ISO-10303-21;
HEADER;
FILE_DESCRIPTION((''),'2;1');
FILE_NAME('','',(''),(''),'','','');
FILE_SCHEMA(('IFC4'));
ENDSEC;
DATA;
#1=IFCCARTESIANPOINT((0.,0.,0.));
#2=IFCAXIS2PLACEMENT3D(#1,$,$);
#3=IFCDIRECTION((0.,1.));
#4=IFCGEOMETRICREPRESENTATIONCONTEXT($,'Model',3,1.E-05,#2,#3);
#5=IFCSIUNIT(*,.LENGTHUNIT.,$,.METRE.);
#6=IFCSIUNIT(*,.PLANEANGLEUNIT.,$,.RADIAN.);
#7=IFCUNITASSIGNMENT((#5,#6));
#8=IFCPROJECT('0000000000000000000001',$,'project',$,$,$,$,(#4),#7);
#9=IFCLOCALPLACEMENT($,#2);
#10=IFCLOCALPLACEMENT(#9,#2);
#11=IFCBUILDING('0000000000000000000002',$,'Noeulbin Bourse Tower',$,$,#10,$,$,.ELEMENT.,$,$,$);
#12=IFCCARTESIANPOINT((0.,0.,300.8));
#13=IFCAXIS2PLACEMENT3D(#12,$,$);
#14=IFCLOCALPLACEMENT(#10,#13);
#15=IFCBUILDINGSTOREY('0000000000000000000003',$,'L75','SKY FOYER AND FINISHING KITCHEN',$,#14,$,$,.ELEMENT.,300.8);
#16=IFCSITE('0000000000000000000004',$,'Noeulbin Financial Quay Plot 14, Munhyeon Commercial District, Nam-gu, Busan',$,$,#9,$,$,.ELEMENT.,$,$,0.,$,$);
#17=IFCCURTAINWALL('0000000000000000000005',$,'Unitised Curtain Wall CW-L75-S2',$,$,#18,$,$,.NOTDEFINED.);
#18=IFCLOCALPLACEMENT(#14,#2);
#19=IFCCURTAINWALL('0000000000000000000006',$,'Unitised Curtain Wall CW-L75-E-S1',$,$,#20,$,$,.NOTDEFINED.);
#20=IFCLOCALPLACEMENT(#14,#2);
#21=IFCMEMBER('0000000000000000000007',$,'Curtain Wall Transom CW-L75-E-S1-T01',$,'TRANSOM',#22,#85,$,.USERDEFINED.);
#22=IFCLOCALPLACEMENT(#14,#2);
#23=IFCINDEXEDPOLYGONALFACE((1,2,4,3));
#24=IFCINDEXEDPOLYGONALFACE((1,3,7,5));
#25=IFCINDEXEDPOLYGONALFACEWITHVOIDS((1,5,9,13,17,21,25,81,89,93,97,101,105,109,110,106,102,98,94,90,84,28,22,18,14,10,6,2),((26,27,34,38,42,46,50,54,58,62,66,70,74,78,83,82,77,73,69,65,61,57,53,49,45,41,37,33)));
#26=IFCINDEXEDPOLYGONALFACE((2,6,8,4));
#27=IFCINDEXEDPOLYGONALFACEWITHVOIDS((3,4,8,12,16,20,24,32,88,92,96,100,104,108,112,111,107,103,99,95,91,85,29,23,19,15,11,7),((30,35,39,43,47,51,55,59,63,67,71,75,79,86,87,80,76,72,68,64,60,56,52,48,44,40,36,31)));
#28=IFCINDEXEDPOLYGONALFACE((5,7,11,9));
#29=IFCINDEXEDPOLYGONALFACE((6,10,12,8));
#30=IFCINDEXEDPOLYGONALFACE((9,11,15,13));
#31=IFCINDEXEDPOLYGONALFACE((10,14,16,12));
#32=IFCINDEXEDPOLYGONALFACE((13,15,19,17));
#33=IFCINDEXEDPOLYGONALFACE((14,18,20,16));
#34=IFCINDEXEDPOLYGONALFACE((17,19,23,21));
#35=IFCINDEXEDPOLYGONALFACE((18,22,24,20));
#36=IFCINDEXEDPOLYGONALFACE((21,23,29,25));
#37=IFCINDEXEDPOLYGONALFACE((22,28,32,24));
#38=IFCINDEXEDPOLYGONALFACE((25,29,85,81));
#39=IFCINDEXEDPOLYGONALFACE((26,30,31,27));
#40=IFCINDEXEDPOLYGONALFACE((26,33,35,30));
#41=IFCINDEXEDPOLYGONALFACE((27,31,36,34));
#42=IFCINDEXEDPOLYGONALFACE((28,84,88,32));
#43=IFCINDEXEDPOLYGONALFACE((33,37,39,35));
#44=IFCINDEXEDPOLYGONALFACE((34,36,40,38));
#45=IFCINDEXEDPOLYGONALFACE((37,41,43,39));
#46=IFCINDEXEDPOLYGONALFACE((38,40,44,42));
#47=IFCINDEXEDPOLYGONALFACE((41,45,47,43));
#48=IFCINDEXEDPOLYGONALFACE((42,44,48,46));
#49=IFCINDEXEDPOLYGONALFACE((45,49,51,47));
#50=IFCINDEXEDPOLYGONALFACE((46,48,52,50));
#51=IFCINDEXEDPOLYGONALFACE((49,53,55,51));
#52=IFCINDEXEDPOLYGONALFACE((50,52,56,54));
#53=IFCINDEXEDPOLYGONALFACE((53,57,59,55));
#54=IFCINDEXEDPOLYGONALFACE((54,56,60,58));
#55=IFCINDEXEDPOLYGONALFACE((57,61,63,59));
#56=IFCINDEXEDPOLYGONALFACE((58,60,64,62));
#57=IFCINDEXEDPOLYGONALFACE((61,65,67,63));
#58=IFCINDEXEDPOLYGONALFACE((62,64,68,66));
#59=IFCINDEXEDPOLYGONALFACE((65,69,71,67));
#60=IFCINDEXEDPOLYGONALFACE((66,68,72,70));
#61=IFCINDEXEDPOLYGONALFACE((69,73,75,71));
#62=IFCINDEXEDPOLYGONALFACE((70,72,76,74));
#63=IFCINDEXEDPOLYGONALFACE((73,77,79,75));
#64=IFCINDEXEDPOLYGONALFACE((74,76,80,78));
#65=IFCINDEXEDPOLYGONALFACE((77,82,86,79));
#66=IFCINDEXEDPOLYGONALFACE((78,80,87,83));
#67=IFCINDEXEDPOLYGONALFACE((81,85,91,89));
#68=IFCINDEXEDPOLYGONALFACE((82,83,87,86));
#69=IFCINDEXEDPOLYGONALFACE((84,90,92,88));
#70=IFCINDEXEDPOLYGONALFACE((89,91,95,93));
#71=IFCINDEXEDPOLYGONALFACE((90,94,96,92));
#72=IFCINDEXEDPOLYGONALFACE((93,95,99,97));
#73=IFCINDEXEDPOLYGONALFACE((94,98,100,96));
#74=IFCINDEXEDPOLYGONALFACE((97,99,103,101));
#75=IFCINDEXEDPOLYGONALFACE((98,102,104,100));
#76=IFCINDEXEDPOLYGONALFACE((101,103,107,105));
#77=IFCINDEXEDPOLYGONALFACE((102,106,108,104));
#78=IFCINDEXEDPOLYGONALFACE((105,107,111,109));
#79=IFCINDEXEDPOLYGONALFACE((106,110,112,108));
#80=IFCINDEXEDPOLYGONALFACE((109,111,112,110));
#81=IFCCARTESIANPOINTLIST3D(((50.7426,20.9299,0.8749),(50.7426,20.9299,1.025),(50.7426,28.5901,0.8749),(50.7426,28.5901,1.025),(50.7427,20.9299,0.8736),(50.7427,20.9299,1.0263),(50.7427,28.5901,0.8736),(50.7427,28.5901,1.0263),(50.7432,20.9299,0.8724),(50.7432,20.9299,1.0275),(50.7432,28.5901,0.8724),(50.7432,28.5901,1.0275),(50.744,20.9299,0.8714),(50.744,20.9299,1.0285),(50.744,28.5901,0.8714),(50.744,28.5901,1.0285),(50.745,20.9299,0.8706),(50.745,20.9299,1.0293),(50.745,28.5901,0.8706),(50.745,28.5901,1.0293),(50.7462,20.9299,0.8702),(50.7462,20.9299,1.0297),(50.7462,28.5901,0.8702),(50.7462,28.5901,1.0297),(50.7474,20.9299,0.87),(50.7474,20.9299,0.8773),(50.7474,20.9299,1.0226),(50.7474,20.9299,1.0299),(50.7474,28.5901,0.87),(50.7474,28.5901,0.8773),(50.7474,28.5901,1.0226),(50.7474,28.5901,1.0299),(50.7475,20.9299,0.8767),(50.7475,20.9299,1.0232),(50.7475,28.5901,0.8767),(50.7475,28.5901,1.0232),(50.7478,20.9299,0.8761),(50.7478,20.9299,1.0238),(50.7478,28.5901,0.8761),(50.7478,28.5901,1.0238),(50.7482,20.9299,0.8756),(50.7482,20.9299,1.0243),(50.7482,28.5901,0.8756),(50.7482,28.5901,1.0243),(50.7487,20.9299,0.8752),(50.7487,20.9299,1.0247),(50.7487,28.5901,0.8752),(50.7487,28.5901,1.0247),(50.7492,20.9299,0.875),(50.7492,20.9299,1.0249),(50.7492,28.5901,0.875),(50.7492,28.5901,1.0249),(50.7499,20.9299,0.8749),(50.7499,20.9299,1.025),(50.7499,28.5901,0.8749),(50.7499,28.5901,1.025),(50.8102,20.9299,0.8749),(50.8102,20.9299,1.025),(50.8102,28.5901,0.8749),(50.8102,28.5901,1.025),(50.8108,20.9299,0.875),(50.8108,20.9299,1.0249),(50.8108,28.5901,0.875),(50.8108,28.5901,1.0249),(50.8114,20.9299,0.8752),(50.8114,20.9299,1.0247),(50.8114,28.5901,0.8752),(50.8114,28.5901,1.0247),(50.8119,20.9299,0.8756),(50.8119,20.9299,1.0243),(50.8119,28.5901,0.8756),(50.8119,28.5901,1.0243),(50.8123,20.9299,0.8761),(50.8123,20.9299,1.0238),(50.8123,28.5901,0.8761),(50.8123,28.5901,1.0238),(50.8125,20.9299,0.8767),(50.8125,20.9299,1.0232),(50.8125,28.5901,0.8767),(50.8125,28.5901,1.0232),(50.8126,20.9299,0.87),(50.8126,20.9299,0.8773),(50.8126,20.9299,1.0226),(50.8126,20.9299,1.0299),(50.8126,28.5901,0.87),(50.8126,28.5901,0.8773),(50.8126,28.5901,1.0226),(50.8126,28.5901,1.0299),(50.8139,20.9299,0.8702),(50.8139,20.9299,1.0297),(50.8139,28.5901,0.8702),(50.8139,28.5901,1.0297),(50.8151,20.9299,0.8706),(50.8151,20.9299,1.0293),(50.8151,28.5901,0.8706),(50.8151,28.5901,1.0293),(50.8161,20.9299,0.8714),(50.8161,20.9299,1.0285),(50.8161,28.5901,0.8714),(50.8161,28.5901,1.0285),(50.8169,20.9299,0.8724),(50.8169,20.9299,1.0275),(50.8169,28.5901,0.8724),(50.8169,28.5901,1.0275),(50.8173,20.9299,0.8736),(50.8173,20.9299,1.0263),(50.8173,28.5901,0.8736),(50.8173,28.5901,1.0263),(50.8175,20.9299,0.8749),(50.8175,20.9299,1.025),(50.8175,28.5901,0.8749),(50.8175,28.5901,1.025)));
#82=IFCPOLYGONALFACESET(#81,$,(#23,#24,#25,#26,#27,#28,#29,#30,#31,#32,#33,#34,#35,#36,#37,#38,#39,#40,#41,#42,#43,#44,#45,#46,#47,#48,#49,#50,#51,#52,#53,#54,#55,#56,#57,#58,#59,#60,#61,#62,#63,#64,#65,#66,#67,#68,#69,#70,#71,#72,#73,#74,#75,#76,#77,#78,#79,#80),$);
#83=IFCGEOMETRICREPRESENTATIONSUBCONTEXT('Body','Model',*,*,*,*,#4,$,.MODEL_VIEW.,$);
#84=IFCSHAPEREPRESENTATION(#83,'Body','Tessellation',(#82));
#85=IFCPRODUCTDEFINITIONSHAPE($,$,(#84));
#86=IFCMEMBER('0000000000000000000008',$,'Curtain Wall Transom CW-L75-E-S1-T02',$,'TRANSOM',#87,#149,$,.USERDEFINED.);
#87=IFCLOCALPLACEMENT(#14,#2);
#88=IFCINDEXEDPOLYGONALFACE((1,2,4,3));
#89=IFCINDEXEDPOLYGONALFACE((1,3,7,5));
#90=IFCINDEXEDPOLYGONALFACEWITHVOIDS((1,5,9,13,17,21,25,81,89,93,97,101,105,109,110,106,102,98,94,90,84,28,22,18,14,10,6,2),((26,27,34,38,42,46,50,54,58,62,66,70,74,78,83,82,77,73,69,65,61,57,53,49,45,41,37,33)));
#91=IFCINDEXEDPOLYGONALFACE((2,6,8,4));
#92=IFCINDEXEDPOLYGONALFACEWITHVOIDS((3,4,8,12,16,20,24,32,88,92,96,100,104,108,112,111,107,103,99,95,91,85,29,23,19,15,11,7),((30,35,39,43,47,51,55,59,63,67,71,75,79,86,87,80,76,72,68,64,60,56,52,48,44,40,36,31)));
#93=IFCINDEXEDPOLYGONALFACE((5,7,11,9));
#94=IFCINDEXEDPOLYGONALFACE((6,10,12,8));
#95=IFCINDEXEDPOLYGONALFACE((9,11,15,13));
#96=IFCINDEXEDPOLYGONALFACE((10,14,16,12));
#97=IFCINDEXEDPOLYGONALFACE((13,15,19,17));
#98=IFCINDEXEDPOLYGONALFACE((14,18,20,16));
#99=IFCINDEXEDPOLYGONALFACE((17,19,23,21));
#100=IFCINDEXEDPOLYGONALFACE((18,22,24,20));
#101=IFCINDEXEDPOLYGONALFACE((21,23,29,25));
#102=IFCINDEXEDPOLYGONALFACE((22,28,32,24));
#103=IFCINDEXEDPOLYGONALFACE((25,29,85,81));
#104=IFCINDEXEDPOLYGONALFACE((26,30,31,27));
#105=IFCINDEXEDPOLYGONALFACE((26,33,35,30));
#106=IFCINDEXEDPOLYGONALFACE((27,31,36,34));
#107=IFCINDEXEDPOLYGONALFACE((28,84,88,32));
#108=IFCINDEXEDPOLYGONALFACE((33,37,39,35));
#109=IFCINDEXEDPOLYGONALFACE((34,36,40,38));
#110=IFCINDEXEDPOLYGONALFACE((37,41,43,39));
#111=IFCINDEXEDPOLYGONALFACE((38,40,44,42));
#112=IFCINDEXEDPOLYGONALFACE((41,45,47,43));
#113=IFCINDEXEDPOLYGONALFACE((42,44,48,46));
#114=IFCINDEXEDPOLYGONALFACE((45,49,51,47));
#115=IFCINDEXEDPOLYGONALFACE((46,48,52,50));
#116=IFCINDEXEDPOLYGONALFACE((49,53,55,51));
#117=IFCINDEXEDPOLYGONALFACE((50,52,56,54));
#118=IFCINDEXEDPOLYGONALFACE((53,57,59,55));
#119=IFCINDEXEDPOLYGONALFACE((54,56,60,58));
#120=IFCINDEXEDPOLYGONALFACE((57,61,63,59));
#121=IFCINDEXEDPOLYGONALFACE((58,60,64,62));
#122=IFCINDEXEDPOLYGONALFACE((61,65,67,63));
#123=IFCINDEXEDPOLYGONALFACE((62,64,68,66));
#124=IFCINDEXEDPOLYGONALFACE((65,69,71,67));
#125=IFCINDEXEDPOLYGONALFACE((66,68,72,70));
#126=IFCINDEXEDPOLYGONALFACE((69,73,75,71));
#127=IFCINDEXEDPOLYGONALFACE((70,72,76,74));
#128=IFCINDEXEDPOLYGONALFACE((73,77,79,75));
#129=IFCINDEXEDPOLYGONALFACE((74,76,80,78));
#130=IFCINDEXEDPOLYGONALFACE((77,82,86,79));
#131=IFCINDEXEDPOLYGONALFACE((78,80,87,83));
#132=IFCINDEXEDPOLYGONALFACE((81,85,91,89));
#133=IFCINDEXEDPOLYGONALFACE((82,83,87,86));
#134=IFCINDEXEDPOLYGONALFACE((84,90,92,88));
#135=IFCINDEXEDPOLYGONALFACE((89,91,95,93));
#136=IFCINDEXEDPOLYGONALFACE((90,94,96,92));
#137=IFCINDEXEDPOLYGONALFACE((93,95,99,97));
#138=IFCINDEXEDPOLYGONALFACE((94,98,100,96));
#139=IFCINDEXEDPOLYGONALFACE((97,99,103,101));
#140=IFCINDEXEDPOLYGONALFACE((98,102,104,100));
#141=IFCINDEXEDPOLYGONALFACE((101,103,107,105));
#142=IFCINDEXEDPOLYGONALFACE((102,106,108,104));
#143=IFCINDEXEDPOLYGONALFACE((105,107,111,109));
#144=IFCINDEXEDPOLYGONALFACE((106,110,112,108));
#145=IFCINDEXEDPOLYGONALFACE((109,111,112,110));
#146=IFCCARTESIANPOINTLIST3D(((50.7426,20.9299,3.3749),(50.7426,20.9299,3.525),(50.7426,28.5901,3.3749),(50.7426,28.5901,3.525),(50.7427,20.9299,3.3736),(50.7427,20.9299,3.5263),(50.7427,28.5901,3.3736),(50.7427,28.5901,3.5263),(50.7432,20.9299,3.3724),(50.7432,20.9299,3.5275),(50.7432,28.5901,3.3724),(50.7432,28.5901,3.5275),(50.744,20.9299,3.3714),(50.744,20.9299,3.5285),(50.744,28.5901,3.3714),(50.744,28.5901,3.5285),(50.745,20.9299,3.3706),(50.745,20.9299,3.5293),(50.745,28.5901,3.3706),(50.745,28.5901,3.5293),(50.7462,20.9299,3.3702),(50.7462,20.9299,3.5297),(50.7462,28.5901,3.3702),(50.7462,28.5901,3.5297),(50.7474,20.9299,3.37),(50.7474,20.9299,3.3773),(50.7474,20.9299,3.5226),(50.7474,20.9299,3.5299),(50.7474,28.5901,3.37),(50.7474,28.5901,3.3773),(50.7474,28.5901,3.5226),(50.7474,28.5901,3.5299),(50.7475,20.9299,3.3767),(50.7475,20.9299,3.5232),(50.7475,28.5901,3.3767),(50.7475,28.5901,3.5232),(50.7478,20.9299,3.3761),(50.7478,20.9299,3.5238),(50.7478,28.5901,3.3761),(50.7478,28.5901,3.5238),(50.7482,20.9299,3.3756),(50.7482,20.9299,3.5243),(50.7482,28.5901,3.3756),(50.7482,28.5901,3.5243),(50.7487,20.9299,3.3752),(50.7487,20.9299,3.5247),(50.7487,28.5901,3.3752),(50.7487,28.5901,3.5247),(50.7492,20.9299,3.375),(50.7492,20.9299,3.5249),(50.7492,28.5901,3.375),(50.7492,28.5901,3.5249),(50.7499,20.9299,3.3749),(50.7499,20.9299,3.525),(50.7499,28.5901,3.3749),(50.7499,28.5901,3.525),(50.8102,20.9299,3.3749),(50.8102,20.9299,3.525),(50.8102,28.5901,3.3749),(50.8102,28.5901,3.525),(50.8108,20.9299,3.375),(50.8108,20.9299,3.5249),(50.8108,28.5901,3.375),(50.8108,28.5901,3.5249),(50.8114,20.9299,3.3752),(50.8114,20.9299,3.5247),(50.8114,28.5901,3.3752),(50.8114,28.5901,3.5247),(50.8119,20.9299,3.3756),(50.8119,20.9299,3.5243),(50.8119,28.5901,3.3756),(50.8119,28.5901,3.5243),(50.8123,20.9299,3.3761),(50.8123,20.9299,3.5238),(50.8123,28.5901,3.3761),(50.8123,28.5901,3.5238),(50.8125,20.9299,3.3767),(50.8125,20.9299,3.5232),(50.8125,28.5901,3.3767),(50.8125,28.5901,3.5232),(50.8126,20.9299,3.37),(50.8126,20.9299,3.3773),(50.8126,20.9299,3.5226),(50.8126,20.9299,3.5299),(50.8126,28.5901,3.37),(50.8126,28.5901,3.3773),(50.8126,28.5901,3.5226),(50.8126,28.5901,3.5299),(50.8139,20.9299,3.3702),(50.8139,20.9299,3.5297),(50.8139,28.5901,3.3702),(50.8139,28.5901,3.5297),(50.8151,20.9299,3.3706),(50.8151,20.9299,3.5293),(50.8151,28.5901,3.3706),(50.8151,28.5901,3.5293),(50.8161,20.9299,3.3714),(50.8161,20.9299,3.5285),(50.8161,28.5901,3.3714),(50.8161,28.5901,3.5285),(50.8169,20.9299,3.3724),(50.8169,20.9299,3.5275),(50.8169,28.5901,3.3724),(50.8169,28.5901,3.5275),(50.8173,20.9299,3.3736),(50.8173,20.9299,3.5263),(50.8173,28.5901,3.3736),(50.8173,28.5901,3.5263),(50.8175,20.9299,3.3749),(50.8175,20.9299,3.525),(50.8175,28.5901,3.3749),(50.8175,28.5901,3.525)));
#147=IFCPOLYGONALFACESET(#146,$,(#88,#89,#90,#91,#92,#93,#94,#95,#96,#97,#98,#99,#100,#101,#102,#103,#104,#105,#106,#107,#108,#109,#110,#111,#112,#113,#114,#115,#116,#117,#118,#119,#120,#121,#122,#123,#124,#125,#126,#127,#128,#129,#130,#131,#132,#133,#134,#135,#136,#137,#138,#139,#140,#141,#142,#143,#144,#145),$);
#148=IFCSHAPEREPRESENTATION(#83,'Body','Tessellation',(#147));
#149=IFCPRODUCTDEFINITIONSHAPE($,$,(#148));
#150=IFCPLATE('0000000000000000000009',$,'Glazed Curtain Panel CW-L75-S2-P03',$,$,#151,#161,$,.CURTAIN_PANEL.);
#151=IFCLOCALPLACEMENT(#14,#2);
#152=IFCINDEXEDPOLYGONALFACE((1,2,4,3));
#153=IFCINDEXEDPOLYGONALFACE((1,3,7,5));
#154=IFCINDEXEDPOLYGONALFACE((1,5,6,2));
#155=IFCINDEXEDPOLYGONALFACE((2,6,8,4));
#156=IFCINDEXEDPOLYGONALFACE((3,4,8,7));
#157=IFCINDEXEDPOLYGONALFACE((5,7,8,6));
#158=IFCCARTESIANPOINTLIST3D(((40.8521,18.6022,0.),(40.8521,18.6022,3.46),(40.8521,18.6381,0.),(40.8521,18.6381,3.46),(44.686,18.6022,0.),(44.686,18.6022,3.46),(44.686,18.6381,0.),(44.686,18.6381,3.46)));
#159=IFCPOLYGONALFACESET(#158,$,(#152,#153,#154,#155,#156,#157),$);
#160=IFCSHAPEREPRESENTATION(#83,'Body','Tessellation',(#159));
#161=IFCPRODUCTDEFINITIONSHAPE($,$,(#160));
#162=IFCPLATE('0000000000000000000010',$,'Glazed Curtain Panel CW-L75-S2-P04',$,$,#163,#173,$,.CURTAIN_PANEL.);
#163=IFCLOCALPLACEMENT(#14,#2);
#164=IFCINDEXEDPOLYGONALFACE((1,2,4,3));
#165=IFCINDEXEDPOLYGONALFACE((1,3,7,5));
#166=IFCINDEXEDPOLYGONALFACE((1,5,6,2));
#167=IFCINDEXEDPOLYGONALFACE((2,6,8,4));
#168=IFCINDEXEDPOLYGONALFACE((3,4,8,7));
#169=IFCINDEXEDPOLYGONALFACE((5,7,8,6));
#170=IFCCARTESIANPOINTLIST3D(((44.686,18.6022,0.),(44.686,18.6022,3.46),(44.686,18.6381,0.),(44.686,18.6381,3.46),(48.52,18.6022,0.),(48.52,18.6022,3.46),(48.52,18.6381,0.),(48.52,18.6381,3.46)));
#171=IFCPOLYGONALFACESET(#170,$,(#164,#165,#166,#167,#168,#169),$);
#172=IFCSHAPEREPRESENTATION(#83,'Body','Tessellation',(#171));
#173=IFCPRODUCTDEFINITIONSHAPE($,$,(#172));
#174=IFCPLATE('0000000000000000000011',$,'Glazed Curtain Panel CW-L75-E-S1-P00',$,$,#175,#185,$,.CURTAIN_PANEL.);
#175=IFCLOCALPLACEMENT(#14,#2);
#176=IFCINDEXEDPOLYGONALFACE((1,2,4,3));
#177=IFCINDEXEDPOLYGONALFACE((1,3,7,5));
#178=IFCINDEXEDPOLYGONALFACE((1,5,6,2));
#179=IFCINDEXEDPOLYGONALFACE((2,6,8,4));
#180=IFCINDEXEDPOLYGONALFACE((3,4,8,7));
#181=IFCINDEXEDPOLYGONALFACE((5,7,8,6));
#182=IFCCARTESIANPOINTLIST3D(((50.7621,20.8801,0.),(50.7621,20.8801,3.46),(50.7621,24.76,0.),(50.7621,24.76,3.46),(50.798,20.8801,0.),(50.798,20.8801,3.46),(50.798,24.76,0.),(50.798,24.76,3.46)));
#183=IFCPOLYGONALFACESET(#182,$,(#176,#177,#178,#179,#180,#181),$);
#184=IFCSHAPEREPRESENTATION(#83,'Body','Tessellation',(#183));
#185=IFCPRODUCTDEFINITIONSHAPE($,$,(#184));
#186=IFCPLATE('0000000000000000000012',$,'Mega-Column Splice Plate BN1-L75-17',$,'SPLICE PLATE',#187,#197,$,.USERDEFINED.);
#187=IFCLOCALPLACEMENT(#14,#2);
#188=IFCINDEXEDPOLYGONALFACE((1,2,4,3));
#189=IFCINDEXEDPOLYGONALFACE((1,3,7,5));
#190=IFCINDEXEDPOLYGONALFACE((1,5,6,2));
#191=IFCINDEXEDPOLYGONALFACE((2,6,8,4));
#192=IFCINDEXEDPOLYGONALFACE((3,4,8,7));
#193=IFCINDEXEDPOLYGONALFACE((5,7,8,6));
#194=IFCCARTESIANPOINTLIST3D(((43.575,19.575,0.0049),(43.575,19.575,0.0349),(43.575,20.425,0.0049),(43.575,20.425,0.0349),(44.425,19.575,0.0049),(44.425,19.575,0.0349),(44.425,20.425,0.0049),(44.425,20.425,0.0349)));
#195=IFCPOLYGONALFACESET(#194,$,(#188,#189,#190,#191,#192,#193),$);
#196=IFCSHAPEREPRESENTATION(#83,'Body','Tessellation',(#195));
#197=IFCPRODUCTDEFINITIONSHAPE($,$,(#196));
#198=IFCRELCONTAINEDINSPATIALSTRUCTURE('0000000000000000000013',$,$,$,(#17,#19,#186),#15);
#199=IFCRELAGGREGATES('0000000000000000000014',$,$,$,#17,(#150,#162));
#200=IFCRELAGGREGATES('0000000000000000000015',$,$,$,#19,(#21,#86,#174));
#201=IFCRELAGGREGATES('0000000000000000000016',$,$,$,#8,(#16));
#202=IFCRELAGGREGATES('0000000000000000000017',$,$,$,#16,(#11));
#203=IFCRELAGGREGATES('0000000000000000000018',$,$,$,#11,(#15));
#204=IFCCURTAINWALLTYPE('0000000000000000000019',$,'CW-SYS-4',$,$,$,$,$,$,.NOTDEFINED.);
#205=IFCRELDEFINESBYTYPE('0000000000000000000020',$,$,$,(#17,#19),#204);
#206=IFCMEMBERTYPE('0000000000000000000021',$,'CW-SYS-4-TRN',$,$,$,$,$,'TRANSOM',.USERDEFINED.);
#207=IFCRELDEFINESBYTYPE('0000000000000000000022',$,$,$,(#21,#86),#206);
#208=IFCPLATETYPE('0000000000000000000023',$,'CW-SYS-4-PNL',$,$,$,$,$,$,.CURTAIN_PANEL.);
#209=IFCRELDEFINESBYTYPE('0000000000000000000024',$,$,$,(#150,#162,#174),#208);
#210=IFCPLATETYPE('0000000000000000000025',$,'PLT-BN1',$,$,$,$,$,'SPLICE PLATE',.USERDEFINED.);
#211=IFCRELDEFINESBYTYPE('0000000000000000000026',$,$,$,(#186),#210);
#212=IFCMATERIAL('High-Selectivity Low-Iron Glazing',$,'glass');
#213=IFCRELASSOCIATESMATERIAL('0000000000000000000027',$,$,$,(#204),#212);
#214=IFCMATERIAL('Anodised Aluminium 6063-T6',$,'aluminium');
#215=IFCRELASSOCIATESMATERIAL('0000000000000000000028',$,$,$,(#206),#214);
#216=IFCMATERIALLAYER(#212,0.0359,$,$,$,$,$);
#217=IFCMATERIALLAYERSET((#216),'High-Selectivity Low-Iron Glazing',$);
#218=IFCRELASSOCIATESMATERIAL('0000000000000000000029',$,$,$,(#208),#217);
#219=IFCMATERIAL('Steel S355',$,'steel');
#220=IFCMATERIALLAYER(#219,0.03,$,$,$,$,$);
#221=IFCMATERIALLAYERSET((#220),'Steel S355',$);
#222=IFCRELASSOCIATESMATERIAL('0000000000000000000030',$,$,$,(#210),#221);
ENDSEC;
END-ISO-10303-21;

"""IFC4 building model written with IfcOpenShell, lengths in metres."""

from ifc_helpers import new_model, si_unit, direction, frame, origin, origin_2d, place, context, subcontext, project, spatial, rectangle, hollow_rectangle, extrude, material, layer, layer_set, material_profile, profile_set, type_object, element, aggregate, save


model = new_model("IFC4")

# Units and contexts
model_context = context("Model", 3, precision=1e-05, world=origin(), true_north=direction((0.0, 1.0)))
body_context = subcontext(model_context, "Body", "Model", "MODEL_VIEW")
ifc_project = project(units=[si_unit("LENGTHUNIT", "METRE"), si_unit("PLANEANGLEUNIT", "RADIAN")], contexts=[model_context])

# Site, building, storey
site_placement = place(None, origin())
site = spatial("IfcSite", under=ifc_project, at=site_placement, Name="Noeulbin Financial Quay Plot 14, Munhyeon Commercial District, Nam-gu, Busan", CompositionType="ELEMENT", RefElevation=0.0)
building_placement = place(site_placement, origin())
building = spatial("IfcBuilding", under=site, at=building_placement, Name="Noeulbin Bourse Tower", CompositionType="ELEMENT")
storey_placement = place(building_placement, frame((0.0, 0.0, 300.8)))
storey = spatial("IfcBuildingStorey", under=building, at=storey_placement, Name="L75", Description="SKY FOYER AND FINISHING KITCHEN", CompositionType="ELEMENT", Elevation=300.8)

# Shared definitions
ifc_material_1 = material(Name="Steel S355", Category="steel")

# Curtain walls, members
ifc_material_2 = material(Name="High-Selectivity Low-Iron Glazing", Category="glass")
curtain_wall_type = type_object("IfcCurtainWallType", Name="CW-SYS-4", PredefinedType="NOTDEFINED", material=ifc_material_2)
curtain_wall_1_placement = place(storey_placement, origin())
curtain_wall_1 = element("IfcCurtainWall", 1, at=curtain_wall_1_placement, inside=storey, type_object=curtain_wall_type, Name="Unitised Curtain Wall CW-L75-S2", PredefinedType="NOTDEFINED")
ifc_material_3 = material(Name="Anodised Aluminium 6063-T6", Category="aluminium")
curtain_wall_2_placement = place(storey_placement, origin())
curtain_wall_2 = element("IfcCurtainWall", 2, at=curtain_wall_2_placement, inside=storey, type_object=curtain_wall_type, Name="Unitised Curtain Wall CW-L75-E-S1", PredefinedType="NOTDEFINED")
ifc_material_profile_1 = material_profile(ifc_material_3, hollow_rectangle(XDim=0.075, YDim=0.1599, WallThickness=0.0049, InnerFilletRadius=0.0024, OuterFilletRadius=0.0049, at=origin_2d()), Name="ALU-TRAN-75x160x5", Category="LoadBearing")
ifc_profile_set_1 = profile_set([ifc_material_profile_1], Name="Anodised Aluminium 6063-T6")
member_type_1 = type_object("IfcMemberType", Name="CW-SYS-4-TRN", ElementType="TRANSOM", PredefinedType="USERDEFINED", material=ifc_profile_set_1)
member_1_placement = place(storey_placement, frame((50.78, 20.9299, 0.95), z_axis=(0.0, 1.0, 0.0), x_axis=(-1.0, 0.0, 0.0)))
member_1 = element("IfcMember", 3, at=member_1_placement, type_object=member_type_1, Name="Curtain Wall Transom CW-L75-E-S1-T01", ObjectType="TRANSOM", PredefinedType="USERDEFINED", context=body_context, shape_type="SweptSolid", body=[
    extrude(hollow_rectangle(XDim=0.075, YDim=0.1599, WallThickness=0.0049, InnerFilletRadius=0.0024, OuterFilletRadius=0.0049, at=origin_2d()), origin(), (0.0, 0.0, 1.0), 7.6602),
])
member_2_placement = place(storey_placement, frame((50.78, 20.9299, 3.45), z_axis=(0.0, 1.0, 0.0), x_axis=(-1.0, 0.0, 0.0)))
member_2 = element("IfcMember", 4, at=member_2_placement, type_object=member_type_1, Name="Curtain Wall Transom CW-L75-E-S1-T02", ObjectType="TRANSOM", PredefinedType="USERDEFINED", context=body_context, shape_type="SweptSolid", body=[
    extrude(hollow_rectangle(XDim=0.075, YDim=0.1599, WallThickness=0.0049, InnerFilletRadius=0.0024, OuterFilletRadius=0.0049, at=origin_2d()), origin(), (0.0, 0.0, 1.0), 7.6602),
])

# Plates
ifc_layer_1 = layer(ifc_material_2, 0.0359)
ifc_layer_set_1 = layer_set([ifc_layer_1], Name="High-Selectivity Low-Iron Glazing")
plate_type_1 = type_object("IfcPlateType", Name="CW-SYS-4-PNL", PredefinedType="CURTAIN_PANEL", material=ifc_layer_set_1)
plate_1_placement = place(storey_placement, frame((42.769, 18.6201, 0.0), z_axis=(0.0, 0.0, 1.0), x_axis=(1.0, 0.0, 0.0)))
plate_1 = element("IfcPlate", 5, at=plate_1_placement, type_object=plate_type_1, Name="Glazed Curtain Panel CW-L75-S2-P03", PredefinedType="CURTAIN_PANEL", context=body_context, shape_type="SweptSolid", body=[
    extrude(rectangle(XDim=3.834, YDim=0.0359, at=origin_2d()), origin(), (0.0, 0.0, 1.0), 3.46),
])
plate_2_placement = place(storey_placement, frame((46.603, 18.6201, 0.0), z_axis=(0.0, 0.0, 1.0), x_axis=(1.0, 0.0, 0.0)))
plate_2 = element("IfcPlate", 6, at=plate_2_placement, type_object=plate_type_1, Name="Glazed Curtain Panel CW-L75-S2-P04", PredefinedType="CURTAIN_PANEL", context=body_context, shape_type="SweptSolid", body=[
    extrude(rectangle(XDim=3.834, YDim=0.0359, at=origin_2d()), origin(), (0.0, 0.0, 1.0), 3.46),
])
aggregate(curtain_wall_1, [plate_1, plate_2])
plate_3_placement = place(storey_placement, frame((50.78, 22.8201, 0.0), z_axis=(0.0, 0.0, 1.0), x_axis=(0.0, 1.0, 0.0)))
plate_3 = element("IfcPlate", 7, at=plate_3_placement, type_object=plate_type_1, Name="Glazed Curtain Panel CW-L75-E-S1-P00", PredefinedType="CURTAIN_PANEL", context=body_context, shape_type="SweptSolid", body=[
    extrude(rectangle(XDim=3.8799, YDim=0.0359, at=origin_2d()), origin(), (0.0, 0.0, 1.0), 3.46),
])
aggregate(curtain_wall_2, [member_1, member_2, plate_3])
ifc_layer_2 = layer(ifc_material_1, 0.03)
ifc_layer_set_2 = layer_set([ifc_layer_2], Name="Steel S355")
plate_type_2 = type_object("IfcPlateType", Name="PLT-BN1", ElementType="SPLICE PLATE", PredefinedType="USERDEFINED", material=ifc_layer_set_2)
plate_4_placement = place(storey_placement, frame((44.0, 20.0, 0.0049), z_axis=(0.0, 0.0, 1.0), x_axis=(1.0, 0.0, 0.0)))
element("IfcPlate", 8, at=plate_4_placement, inside=storey, type_object=plate_type_2, Name="Mega-Column Splice Plate BN1-L75-17", ObjectType="SPLICE PLATE", PredefinedType="USERDEFINED", context=body_context, shape_type="SweptSolid", body=[
    extrude(rectangle(XDim=0.8501, YDim=0.8501, at=origin_2d()), origin(), (0.0, 0.0, 1.0), 0.03),
])

save(model, "model.ifc")
